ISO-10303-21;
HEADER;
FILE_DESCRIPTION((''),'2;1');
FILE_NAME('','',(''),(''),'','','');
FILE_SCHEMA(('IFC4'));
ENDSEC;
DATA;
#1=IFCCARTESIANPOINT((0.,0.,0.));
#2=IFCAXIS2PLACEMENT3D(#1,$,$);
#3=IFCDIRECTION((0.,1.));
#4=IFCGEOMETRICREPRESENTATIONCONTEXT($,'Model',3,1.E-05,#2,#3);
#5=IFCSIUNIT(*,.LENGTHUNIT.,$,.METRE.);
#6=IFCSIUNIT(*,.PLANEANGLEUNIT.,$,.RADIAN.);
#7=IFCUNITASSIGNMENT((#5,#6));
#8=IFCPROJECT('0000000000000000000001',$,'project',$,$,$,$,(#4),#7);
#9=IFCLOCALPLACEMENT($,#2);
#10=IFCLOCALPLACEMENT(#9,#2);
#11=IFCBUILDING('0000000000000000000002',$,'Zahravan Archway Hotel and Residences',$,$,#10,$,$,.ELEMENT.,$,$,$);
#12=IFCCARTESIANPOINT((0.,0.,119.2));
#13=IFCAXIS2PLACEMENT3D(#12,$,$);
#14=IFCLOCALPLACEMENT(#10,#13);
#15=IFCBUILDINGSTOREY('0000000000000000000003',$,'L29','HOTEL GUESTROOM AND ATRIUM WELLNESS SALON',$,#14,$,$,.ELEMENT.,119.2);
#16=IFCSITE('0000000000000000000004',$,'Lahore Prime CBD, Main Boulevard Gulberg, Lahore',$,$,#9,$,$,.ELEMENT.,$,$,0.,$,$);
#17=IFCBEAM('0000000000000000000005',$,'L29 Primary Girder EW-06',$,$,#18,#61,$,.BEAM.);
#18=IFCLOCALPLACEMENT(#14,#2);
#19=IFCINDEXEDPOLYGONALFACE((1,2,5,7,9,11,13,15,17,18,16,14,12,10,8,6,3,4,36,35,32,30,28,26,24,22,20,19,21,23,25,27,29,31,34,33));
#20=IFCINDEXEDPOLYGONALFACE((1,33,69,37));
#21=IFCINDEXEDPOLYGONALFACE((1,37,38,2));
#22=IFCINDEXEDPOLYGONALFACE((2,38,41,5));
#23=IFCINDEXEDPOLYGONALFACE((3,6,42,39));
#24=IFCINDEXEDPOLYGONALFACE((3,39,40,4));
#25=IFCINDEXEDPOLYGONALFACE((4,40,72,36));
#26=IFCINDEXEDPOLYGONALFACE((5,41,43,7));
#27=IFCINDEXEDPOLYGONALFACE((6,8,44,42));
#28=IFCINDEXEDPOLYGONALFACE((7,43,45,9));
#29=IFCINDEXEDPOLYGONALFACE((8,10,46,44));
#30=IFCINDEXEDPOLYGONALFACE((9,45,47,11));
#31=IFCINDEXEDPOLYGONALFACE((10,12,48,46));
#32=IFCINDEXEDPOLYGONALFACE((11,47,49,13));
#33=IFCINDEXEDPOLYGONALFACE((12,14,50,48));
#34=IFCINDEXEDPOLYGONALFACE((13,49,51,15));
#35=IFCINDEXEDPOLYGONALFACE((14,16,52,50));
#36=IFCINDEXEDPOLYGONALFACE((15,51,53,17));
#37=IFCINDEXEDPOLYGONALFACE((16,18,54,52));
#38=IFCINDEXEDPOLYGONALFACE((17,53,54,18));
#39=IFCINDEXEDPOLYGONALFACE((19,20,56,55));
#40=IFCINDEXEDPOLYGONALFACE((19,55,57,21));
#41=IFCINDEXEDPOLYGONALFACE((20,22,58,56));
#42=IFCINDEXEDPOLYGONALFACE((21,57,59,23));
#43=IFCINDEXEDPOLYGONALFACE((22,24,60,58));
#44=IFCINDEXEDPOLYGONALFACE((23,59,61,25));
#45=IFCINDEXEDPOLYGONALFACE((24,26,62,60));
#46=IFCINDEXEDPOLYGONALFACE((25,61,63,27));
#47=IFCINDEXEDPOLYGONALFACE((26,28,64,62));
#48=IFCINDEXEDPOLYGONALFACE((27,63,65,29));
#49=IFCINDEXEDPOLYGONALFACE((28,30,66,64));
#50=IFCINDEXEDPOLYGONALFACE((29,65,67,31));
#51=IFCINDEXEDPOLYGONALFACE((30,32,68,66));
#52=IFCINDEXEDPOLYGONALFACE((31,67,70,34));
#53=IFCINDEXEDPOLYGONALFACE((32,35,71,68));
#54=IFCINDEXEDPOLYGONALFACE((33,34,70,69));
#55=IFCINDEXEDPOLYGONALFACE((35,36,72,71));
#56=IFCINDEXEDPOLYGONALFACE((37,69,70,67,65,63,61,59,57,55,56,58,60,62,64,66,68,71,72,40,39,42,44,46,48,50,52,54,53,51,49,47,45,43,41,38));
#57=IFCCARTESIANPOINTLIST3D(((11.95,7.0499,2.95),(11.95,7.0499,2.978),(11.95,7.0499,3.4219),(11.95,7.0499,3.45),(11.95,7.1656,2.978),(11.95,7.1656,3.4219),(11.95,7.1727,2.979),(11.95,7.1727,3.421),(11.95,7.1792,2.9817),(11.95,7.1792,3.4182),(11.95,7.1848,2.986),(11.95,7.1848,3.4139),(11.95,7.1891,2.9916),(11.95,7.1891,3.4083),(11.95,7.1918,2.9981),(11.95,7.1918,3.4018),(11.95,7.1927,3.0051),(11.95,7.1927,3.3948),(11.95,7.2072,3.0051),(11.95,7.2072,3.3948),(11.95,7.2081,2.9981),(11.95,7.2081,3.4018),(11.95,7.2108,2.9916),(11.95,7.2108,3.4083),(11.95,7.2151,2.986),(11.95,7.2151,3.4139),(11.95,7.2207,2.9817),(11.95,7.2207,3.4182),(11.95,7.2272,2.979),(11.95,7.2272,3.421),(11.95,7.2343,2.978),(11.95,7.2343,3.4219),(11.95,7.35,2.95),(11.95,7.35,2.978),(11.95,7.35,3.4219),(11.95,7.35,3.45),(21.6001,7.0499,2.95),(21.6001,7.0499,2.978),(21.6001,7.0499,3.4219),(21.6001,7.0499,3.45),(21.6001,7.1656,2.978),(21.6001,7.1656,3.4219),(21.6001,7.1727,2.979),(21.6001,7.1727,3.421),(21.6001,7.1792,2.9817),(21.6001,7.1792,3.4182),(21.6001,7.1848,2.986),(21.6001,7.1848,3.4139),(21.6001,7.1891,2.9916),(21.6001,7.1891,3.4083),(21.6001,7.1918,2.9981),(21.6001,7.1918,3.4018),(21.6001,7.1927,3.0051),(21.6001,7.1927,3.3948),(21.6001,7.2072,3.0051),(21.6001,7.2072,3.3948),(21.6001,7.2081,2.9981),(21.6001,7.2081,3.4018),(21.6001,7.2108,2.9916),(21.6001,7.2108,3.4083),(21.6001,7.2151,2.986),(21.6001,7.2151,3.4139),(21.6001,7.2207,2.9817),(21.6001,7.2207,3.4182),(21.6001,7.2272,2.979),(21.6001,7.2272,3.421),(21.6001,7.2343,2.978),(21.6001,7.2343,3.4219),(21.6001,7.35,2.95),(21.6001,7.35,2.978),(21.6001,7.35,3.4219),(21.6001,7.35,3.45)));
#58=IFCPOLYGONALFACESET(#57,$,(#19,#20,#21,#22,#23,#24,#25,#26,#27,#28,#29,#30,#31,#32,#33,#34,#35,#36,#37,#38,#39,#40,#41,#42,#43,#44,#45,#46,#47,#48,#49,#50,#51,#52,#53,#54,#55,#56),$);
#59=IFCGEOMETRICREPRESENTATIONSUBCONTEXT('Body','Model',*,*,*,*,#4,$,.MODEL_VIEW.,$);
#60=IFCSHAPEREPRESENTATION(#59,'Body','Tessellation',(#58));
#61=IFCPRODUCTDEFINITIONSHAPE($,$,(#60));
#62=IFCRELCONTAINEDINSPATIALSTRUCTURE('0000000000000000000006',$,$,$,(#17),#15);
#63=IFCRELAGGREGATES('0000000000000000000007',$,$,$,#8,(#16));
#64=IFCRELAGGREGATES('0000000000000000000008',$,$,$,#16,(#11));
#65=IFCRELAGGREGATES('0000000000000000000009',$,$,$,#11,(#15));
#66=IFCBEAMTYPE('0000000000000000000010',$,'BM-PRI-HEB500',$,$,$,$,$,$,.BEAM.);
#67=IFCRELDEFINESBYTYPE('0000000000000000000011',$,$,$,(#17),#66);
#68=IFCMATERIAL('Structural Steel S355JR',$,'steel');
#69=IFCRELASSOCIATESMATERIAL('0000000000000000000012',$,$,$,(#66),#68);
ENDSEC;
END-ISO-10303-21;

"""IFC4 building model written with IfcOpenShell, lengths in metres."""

from ifc_helpers import new_model, si_unit, direction, frame, origin, origin_2d, place, context, subcontext, project, spatial, i_section, extrude, source, transform, mapped, material, material_profile, profile_set, type_object, element, save


model = new_model("IFC4")

# Units and contexts
model_context = context("Model", 3, precision=1e-05, world=origin(), true_north=direction((0.0, 1.0)))
body_context = subcontext(model_context, "Body", "Model", "MODEL_VIEW")
ifc_project = project(units=[si_unit("LENGTHUNIT", "METRE"), si_unit("PLANEANGLEUNIT", "RADIAN")], contexts=[model_context])

# Site, building, storey
site_placement = place(None, origin())
site = spatial("IfcSite", under=ifc_project, at=site_placement, Name="Lahore Prime CBD, Main Boulevard Gulberg, Lahore", CompositionType="ELEMENT", RefElevation=0.0)
building_placement = place(site_placement, origin())
building = spatial("IfcBuilding", under=site, at=building_placement, Name="Zahravan Archway Hotel and Residences", CompositionType="ELEMENT")
storey_placement = place(building_placement, frame((0.0, 0.0, 119.2)))
storey = spatial("IfcBuildingStorey", under=building, at=storey_placement, Name="L29", Description="HOTEL GUESTROOM AND ATRIUM WELLNESS SALON", CompositionType="ELEMENT", Elevation=119.2)

# Beam
ifc_material_1 = material(Name="Structural Steel S355JR", Category="steel")
ifc_material_profile = material_profile(ifc_material_1, i_section(OverallWidth=0.3, OverallDepth=0.5, WebThickness=0.0144, FlangeThickness=0.0281, FilletRadius=0.0271, at=origin_2d()), Name="HEB 500", Category="steel")
ifc_profile_set = profile_set([ifc_material_profile], Name="Structural Steel S355JR")
beam_type = type_object("IfcBeamType", Name="BM-PRI-HEB500", PredefinedType="BEAM", material=ifc_profile_set)
shared_shape_1 = source(origin(), body_context, "Body", "SweptSolid", [
    extrude(i_section(OverallWidth=0.3, OverallDepth=0.5, WebThickness=0.0144, FlangeThickness=0.0281, FilletRadius=0.0271, at=origin_2d()), origin(), (0.0, 0.0, 1.0), 9.6501),
])
beam_placement = place(storey_placement, frame((11.95, 7.2, 3.2), z_axis=(1.0, 0.0, 0.0), x_axis=(0.0, 1.0, 0.0)))
element("IfcBeam", 1, at=beam_placement, inside=storey, type_object=beam_type, Name="L29 Primary Girder EW-06", PredefinedType="BEAM", context=body_context, shape_type="MappedRepresentation", body=[
    mapped(shared_shape_1, transform((0.0, 0.0, 0.0), scale=1.0)),
])

save(model, "model.ifc")
